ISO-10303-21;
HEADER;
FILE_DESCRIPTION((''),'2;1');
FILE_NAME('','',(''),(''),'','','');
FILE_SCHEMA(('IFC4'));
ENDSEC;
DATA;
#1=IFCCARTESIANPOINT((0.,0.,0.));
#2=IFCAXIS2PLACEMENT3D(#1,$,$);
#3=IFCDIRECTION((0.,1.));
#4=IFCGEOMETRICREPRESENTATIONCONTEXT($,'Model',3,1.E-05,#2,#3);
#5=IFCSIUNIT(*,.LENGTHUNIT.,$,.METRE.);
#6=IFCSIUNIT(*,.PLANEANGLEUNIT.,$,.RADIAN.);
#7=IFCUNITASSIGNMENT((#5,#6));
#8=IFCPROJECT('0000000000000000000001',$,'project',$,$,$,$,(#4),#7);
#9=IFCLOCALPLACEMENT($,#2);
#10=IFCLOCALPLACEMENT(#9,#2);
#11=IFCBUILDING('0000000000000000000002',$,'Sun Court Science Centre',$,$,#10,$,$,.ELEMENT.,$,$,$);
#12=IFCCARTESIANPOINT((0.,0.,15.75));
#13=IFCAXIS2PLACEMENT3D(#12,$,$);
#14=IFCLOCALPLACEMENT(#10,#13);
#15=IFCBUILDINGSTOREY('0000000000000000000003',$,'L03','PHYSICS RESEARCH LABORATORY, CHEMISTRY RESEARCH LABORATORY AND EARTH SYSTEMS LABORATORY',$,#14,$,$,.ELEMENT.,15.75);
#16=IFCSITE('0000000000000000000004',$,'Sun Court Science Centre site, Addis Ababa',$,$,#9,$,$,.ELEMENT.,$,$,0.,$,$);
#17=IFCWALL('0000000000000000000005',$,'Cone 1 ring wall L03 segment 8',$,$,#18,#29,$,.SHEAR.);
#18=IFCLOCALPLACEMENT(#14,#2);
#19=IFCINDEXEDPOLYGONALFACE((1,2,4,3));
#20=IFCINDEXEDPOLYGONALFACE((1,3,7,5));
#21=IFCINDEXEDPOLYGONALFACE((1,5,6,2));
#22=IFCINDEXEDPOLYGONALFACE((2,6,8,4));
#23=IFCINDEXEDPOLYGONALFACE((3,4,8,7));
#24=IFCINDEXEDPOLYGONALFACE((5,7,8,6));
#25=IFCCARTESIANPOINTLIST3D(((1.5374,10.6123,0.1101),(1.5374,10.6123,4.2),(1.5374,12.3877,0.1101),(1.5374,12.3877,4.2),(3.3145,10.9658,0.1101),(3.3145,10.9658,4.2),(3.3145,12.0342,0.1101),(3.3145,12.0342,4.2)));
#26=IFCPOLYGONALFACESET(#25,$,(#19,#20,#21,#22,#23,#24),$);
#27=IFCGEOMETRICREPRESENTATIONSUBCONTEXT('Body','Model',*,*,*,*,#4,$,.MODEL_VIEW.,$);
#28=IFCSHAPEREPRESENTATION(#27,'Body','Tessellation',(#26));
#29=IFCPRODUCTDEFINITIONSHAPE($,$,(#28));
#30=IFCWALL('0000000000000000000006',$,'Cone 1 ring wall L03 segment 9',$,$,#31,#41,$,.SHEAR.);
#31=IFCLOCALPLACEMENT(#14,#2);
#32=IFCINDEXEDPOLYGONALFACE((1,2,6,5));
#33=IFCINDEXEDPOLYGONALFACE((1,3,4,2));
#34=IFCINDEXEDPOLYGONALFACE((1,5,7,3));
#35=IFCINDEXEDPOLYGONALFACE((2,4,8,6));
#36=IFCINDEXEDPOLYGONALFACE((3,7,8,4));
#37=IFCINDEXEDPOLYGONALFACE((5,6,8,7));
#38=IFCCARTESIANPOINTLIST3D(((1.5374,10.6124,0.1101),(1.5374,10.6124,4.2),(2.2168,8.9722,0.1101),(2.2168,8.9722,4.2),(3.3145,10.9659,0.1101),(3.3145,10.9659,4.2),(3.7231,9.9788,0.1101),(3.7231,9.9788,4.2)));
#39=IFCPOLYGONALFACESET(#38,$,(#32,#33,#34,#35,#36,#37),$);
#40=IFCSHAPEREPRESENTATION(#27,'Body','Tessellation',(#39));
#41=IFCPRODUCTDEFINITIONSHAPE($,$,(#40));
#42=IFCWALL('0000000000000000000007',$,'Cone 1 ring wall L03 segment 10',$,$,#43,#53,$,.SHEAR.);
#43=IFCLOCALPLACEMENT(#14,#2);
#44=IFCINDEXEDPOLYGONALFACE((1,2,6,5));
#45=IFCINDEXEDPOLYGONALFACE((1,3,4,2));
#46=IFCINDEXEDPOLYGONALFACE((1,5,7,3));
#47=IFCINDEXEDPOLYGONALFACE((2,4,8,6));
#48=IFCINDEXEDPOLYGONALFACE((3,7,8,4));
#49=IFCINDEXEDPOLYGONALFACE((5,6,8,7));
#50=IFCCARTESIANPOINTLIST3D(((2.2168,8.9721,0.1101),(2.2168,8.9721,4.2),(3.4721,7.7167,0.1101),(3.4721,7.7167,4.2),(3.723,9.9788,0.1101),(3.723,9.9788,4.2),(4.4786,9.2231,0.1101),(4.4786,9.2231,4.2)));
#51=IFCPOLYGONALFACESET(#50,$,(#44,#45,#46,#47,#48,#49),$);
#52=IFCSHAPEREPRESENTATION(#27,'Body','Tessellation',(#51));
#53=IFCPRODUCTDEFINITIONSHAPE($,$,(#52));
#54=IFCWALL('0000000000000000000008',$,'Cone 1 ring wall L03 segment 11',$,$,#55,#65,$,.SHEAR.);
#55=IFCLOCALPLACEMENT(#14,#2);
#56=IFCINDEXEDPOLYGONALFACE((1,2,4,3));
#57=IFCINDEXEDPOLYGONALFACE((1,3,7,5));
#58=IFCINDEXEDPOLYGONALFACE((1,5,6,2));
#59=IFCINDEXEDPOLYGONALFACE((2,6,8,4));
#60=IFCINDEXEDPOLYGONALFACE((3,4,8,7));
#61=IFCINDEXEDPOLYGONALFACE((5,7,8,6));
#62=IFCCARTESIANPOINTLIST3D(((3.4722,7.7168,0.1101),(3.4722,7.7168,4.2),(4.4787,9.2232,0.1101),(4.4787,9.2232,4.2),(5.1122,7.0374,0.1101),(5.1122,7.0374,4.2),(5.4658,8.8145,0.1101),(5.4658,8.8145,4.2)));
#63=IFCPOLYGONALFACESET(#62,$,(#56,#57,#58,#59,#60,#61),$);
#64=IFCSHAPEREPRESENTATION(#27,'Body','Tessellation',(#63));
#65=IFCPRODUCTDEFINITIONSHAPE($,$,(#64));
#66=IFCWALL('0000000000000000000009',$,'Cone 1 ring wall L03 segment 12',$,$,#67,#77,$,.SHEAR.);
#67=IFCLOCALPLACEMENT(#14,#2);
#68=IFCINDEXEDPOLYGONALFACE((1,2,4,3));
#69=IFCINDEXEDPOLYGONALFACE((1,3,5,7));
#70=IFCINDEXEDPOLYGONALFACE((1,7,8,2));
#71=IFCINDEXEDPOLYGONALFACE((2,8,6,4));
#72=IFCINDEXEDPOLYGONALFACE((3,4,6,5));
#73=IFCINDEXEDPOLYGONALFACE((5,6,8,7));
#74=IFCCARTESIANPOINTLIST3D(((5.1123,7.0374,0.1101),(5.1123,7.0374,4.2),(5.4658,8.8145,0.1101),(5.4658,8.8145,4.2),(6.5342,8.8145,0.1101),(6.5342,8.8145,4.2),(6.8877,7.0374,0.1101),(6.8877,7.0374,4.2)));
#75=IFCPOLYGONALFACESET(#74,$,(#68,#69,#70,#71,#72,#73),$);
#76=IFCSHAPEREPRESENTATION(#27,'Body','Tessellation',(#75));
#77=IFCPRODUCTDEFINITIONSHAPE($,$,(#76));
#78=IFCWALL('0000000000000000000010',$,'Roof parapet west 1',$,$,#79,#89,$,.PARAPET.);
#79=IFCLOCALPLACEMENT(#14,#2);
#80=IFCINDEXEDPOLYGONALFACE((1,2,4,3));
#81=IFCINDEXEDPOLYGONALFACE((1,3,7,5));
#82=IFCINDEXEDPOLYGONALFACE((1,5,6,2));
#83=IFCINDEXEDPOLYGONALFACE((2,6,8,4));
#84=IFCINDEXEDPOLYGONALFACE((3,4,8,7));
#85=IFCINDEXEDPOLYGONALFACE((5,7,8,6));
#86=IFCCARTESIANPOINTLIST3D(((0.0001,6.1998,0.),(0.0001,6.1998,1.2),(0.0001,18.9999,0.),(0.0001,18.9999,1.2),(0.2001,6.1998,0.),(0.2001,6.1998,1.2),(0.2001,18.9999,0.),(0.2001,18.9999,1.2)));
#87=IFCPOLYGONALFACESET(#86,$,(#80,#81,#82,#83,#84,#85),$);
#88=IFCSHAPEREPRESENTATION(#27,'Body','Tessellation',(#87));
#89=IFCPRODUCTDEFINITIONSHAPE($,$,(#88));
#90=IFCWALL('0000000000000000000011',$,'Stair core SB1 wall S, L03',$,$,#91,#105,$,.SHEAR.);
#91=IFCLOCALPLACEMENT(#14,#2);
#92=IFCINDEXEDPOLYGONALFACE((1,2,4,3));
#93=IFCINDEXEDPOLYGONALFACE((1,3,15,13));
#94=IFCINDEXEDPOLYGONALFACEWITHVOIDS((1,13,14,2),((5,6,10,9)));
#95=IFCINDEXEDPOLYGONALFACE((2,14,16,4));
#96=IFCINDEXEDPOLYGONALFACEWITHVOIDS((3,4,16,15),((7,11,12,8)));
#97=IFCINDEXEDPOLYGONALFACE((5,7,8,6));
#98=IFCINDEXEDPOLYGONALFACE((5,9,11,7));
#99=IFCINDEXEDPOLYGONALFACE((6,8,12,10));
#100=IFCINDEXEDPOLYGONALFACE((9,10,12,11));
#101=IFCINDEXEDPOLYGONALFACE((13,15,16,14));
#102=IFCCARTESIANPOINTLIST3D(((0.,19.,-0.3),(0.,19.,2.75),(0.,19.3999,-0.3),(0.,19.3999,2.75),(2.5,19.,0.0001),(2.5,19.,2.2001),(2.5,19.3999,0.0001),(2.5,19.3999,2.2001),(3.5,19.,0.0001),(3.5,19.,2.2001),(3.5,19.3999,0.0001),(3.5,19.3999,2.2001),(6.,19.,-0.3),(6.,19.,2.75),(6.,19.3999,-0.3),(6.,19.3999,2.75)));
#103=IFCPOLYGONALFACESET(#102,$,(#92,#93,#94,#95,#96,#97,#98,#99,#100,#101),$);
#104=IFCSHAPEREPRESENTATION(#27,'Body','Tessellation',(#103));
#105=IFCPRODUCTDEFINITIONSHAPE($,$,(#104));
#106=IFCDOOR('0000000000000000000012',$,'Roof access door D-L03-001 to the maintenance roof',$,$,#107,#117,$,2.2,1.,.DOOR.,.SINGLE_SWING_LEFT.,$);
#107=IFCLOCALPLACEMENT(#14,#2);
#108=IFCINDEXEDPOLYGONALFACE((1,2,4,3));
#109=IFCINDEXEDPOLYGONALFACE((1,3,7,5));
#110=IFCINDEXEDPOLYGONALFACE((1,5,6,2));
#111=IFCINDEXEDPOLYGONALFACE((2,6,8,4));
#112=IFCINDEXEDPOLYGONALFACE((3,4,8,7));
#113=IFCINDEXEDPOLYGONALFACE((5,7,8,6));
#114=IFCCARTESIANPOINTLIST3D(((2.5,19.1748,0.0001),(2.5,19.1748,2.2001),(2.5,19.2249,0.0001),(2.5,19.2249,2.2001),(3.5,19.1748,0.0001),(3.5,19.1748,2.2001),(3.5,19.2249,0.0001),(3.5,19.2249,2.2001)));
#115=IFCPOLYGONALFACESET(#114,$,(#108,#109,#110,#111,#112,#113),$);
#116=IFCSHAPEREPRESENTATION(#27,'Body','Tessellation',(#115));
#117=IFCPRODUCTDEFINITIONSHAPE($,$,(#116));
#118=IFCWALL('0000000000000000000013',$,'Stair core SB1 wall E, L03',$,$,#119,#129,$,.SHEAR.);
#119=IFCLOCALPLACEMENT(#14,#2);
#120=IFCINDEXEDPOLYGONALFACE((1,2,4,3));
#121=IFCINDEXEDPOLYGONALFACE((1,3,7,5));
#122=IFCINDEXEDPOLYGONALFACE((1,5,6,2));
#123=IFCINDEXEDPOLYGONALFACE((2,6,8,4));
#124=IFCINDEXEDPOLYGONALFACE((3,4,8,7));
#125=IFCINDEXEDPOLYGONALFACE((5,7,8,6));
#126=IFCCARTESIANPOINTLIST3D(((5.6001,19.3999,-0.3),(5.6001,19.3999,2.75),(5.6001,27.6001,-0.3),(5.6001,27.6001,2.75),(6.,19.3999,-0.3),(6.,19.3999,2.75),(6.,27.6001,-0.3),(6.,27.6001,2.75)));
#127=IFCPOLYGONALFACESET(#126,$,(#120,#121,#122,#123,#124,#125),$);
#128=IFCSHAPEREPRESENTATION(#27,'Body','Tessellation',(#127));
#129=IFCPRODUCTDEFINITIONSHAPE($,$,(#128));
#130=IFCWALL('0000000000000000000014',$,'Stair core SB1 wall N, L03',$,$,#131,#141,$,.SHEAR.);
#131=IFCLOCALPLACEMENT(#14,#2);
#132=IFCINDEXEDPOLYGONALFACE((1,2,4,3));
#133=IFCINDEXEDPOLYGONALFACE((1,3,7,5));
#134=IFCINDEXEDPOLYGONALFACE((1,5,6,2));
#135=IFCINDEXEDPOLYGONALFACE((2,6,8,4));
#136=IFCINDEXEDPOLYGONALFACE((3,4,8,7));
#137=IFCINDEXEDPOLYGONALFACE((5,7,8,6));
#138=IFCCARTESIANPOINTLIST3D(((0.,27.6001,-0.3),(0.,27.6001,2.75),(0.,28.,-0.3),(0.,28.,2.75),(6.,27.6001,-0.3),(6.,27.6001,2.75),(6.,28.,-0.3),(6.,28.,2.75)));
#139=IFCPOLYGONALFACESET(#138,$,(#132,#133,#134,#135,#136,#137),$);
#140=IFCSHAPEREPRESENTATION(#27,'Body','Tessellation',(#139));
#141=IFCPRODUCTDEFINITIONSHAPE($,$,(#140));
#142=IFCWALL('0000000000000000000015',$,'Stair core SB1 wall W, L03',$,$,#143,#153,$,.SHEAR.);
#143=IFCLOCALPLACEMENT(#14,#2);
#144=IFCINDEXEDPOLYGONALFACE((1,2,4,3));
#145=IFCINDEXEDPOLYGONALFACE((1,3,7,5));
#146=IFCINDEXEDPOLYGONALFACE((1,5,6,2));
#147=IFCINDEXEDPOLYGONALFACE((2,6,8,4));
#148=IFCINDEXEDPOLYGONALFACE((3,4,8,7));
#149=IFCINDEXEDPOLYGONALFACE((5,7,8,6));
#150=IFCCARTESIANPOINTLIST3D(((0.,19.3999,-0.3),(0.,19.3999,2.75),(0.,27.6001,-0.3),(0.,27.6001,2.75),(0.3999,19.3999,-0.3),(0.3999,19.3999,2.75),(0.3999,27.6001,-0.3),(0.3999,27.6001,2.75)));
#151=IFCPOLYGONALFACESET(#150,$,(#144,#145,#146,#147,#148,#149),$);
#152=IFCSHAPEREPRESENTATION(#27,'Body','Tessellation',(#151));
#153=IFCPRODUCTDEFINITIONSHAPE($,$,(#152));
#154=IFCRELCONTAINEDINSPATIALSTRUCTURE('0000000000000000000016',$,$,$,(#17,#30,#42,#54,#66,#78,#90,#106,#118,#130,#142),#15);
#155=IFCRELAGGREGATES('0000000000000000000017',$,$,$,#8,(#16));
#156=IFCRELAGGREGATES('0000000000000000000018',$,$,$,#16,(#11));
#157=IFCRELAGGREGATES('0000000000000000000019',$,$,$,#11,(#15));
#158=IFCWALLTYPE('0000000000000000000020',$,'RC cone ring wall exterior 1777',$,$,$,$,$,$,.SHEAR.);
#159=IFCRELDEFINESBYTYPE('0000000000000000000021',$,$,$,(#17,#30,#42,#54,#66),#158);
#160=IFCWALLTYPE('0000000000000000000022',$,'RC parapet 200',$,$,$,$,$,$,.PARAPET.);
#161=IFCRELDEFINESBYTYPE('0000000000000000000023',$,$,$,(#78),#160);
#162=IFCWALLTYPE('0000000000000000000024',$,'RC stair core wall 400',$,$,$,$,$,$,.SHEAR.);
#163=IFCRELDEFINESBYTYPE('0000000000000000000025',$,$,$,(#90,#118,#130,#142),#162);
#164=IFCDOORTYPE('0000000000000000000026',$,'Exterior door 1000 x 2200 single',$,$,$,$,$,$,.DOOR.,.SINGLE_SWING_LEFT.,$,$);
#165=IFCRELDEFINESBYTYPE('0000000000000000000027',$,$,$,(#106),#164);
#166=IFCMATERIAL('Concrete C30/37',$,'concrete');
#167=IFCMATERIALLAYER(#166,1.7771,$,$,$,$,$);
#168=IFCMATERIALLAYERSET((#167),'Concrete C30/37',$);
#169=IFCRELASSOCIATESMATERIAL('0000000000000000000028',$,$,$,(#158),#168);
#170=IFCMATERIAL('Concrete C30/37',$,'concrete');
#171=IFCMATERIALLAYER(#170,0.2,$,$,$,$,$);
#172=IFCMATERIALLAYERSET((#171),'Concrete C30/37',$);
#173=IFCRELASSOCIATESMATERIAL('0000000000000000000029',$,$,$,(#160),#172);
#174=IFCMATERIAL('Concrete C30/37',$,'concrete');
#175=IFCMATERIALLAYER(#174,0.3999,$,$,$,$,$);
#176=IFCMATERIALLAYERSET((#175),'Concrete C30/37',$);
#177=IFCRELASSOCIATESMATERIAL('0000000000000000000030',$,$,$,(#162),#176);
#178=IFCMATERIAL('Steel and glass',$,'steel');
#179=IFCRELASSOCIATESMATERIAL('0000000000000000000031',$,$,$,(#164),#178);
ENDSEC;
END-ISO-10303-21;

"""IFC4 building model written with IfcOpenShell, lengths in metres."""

from ifc_helpers import new_model, si_unit, direction, frame, frame_2d, origin, place, context, subcontext, project, spatial, polyline, rectangle, outline, extrude, material, layer, layer_set, type_object, element, fill, save


model = new_model("IFC4")

# Units and contexts
model_context = context("Model", 3, precision=1e-05, world=origin(), true_north=direction((0.0, 1.0)))
body_context = subcontext(model_context, "Body", "Model", "MODEL_VIEW")
ifc_project = project(units=[si_unit("LENGTHUNIT", "METRE"), si_unit("PLANEANGLEUNIT", "RADIAN")], contexts=[model_context])

# Site, building, storey
site_placement = place(None, origin())
site = spatial("IfcSite", under=ifc_project, at=site_placement, Name="Sun Court Science Centre site, Addis Ababa", CompositionType="ELEMENT", RefElevation=0.0)
building_placement = place(site_placement, origin())
building = spatial("IfcBuilding", under=site, at=building_placement, Name="Sun Court Science Centre", CompositionType="ELEMENT")
storey_placement = place(building_placement, frame((0.0, 0.0, 15.75)))
storey = spatial("IfcBuildingStorey", under=building, at=storey_placement, Name="L03", Description="PHYSICS RESEARCH LABORATORY, CHEMISTRY RESEARCH LABORATORY AND EARTH SYSTEMS LABORATORY", CompositionType="ELEMENT", Elevation=15.75)

# Walls
ifc_material_1 = material(Name="Concrete C30/37", Category="concrete")
ifc_layer_1 = layer(ifc_material_1, 1.7771)
ifc_layer_set_1 = layer_set([ifc_layer_1], Name="Concrete C30/37")
wall_type_1 = type_object("IfcWallType", Name="RC cone ring wall exterior 1777", PredefinedType="SHEAR", material=ifc_layer_set_1)
wall_1_placement = place(storey_placement, frame((2.4258, 12.3877, 0.1101), z_axis=(0.0, 0.0, 1.0), x_axis=(0.0, -1.0, 0.0)))
element("IfcWall", 1, at=wall_1_placement, inside=storey, type_object=wall_type_1, Name="Cone 1 ring wall L03 segment 8", PredefinedType="SHEAR", context=body_context, shape_type="SweptSolid", body=[
    extrude(outline(polyline([(0.0, -0.8884), (1.7754, -0.8884), (1.4219, 0.8887), (0.3535, 0.8887), (0.0, -0.8884)])), origin(), (0.0, 0.0, 1.0), 4.0898),
])
wall_2_placement = place(storey_placement, frame((2.3582, 10.9524, 0.1101), z_axis=(0.0, 0.0, 1.0), x_axis=(0.38272, -0.923864, 0.0)))
element("IfcWall", 2, at=wall_2_placement, inside=storey, type_object=wall_type_1, Name="Cone 1 ring wall L03 segment 9", PredefinedType="SHEAR", context=body_context, shape_type="SweptSolid", body=[
    extrude(outline(polyline([(0.0, -0.8884), (1.7754, -0.8884), (1.4219, 0.8884), (0.3535, 0.8887), (0.0, -0.8884)])), origin(), (0.0, 0.0, 1.0), 4.0898),
])
wall_3_placement = place(storey_placement, frame((2.845, 9.6003, 0.1101), z_axis=(0.0, 0.0, 1.0), x_axis=(0.707107, -0.707107, 0.0)))
element("IfcWall", 3, at=wall_3_placement, inside=storey, type_object=wall_type_1, Name="Cone 1 ring wall L03 segment 10", PredefinedType="SHEAR", context=body_context, shape_type="SweptSolid", body=[
    extrude(outline(polyline([(0.0, -0.8884), (1.7754, -0.8884), (1.4219, 0.8884), (0.3533, 0.8884), (0.0, -0.8884)])), origin(), (0.0, 0.0, 1.0), 4.0898),
])
wall_4_placement = place(storey_placement, frame((3.8123, 8.5376, 0.1101), z_axis=(0.0, 0.0, 1.0), x_axis=(0.923864, -0.38272, 0.0)))
element("IfcWall", 4, at=wall_4_placement, inside=storey, type_object=wall_type_1, Name="Cone 1 ring wall L03 segment 11", PredefinedType="SHEAR", context=body_context, shape_type="SweptSolid", body=[
    extrude(outline(polyline([(0.0, -0.8884), (1.7751, -0.8884), (1.4216, 0.8887), (0.3533, 0.8884), (0.0, -0.8884)])), origin(), (0.0, 0.0, 1.0), 4.0898),
])
wall_5_placement = place(storey_placement, frame((5.1123, 7.9258, 0.1101), z_axis=(0.0, 0.0, 1.0), x_axis=(1.0, 0.0, 0.0)))
element("IfcWall", 5, at=wall_5_placement, inside=storey, type_object=wall_type_1, Name="Cone 1 ring wall L03 segment 12", PredefinedType="SHEAR", context=body_context, shape_type="SweptSolid", body=[
    extrude(outline(polyline([(0.0, -0.8884), (1.7754, -0.8884), (1.4219, 0.8887), (0.3535, 0.8887), (0.0, -0.8884)])), origin(), (0.0, 0.0, 1.0), 4.0898),
])
ifc_material_2 = material(Name="Concrete C30/37", Category="concrete")
ifc_layer_2 = layer(ifc_material_2, 0.2)
ifc_layer_set_2 = layer_set([ifc_layer_2], Name="Concrete C30/37")
wall_type_2 = type_object("IfcWallType", Name="RC parapet 200", PredefinedType="PARAPET", material=ifc_layer_set_2)
wall_6_placement = place(storey_placement, frame((0.1001, 6.2, 0.0), z_axis=(0.0, 0.0, 1.0), x_axis=(0.0, 1.0, 0.0)))
element("IfcWall", 6, at=wall_6_placement, inside=storey, type_object=wall_type_2, Name="Roof parapet west 1", PredefinedType="PARAPET", context=body_context, shape_type="SweptSolid", body=[
    extrude(rectangle(XDim=12.8, YDim=0.2, at=frame_2d((6.3999, 0.0))), origin(), (0.0, 0.0, 1.0), 1.2),
])

# Wall, opening, door
ifc_material_3 = material(Name="Concrete C30/37", Category="concrete")
ifc_layer_3 = layer(ifc_material_3, 0.3999)
ifc_layer_set_3 = layer_set([ifc_layer_3], Name="Concrete C30/37")
wall_type_3 = type_object("IfcWallType", Name="RC stair core wall 400", PredefinedType="SHEAR", material=ifc_layer_set_3)
wall_7_placement = place(storey_placement, frame((0.0, 19.2, -0.3), z_axis=(0.0, 0.0, 1.0), x_axis=(1.0, 0.0, 0.0)))
wall_7 = element("IfcWall", 7, at=wall_7_placement, inside=storey, type_object=wall_type_3, Name="Stair core SB1 wall S, L03", PredefinedType="SHEAR", context=body_context, shape_type="SweptSolid", body=[
    extrude(rectangle(XDim=6.0, YDim=0.3999, at=frame_2d((3.0, 0.0))), origin(), (0.0, 0.0, 1.0), 3.05),
])
opening_placement = place(wall_7_placement, frame((2.5, 0.0, 0.3)))
opening = element("IfcOpeningElement", 8, at=opening_placement, cuts=wall_7, PredefinedType="OPENING", context=body_context, shape_type="SweptSolid", body=[
    extrude(rectangle(XDim=1.0, YDim=2.2, at=frame_2d((0.5, 1.1001))), frame((0.0, 0.21, 0.0), z_axis=(0.0, -1.0, 0.0), x_axis=(1.0, 0.0, 0.0)), (0.0, 0.0, 1.0), 0.4199),
])
ifc_material_4 = material(Name="Steel and glass", Category="steel")
door_type = type_object("IfcDoorType", Name="Exterior door 1000 x 2200 single", OperationType="SINGLE_SWING_LEFT", PredefinedType="DOOR", material=ifc_material_4)
door_placement = place(opening_placement, origin())
door = element("IfcDoor", 9, at=door_placement, inside=storey, type_object=door_type, Name="Roof access door D-L03-001 to the maintenance roof", OperationType="SINGLE_SWING_LEFT", OverallHeight=2.2, OverallWidth=1.0, PredefinedType="DOOR", context=body_context, shape_type="SweptSolid", body=[
    extrude(rectangle(XDim=1.0, YDim=2.2, at=frame_2d((0.5, 1.1001))), frame((0.0, 0.0249, 0.0), z_axis=(0.0, -1.0, 0.0), x_axis=(1.0, 0.0, 0.0)), (0.0, 0.0, 1.0), 0.05),
])
fill(opening, door)

# Walls
wall_8_placement = place(storey_placement, frame((5.8, 19.3999, -0.3), z_axis=(0.0, 0.0, 1.0), x_axis=(0.0, 1.0, 0.0)))
element("IfcWall", 10, at=wall_8_placement, inside=storey, type_object=wall_type_3, Name="Stair core SB1 wall E, L03", PredefinedType="SHEAR", context=body_context, shape_type="SweptSolid", body=[
    extrude(rectangle(XDim=8.2002, YDim=0.3999, at=frame_2d((4.1001, 0.0))), origin(), (0.0, 0.0, 1.0), 3.05),
])
wall_9_placement = place(storey_placement, frame((0.0, 27.8, -0.3), z_axis=(0.0, 0.0, 1.0), x_axis=(1.0, 0.0, 0.0)))
element("IfcWall", 11, at=wall_9_placement, inside=storey, type_object=wall_type_3, Name="Stair core SB1 wall N, L03", PredefinedType="SHEAR", context=body_context, shape_type="SweptSolid", body=[
    extrude(rectangle(XDim=6.0, YDim=0.3999, at=frame_2d((3.0, 0.0))), origin(), (0.0, 0.0, 1.0), 3.05),
])
wall_10_placement = place(storey_placement, frame((0.2, 19.3999, -0.3), z_axis=(0.0, 0.0, 1.0), x_axis=(0.0, 1.0, 0.0)))
element("IfcWall", 12, at=wall_10_placement, inside=storey, type_object=wall_type_3, Name="Stair core SB1 wall W, L03", PredefinedType="SHEAR", context=body_context, shape_type="SweptSolid", body=[
    extrude(rectangle(XDim=8.2002, YDim=0.3999, at=frame_2d((4.1001, 0.0))), origin(), (0.0, 0.0, 1.0), 3.05),
])

save(model, "model.ifc")
